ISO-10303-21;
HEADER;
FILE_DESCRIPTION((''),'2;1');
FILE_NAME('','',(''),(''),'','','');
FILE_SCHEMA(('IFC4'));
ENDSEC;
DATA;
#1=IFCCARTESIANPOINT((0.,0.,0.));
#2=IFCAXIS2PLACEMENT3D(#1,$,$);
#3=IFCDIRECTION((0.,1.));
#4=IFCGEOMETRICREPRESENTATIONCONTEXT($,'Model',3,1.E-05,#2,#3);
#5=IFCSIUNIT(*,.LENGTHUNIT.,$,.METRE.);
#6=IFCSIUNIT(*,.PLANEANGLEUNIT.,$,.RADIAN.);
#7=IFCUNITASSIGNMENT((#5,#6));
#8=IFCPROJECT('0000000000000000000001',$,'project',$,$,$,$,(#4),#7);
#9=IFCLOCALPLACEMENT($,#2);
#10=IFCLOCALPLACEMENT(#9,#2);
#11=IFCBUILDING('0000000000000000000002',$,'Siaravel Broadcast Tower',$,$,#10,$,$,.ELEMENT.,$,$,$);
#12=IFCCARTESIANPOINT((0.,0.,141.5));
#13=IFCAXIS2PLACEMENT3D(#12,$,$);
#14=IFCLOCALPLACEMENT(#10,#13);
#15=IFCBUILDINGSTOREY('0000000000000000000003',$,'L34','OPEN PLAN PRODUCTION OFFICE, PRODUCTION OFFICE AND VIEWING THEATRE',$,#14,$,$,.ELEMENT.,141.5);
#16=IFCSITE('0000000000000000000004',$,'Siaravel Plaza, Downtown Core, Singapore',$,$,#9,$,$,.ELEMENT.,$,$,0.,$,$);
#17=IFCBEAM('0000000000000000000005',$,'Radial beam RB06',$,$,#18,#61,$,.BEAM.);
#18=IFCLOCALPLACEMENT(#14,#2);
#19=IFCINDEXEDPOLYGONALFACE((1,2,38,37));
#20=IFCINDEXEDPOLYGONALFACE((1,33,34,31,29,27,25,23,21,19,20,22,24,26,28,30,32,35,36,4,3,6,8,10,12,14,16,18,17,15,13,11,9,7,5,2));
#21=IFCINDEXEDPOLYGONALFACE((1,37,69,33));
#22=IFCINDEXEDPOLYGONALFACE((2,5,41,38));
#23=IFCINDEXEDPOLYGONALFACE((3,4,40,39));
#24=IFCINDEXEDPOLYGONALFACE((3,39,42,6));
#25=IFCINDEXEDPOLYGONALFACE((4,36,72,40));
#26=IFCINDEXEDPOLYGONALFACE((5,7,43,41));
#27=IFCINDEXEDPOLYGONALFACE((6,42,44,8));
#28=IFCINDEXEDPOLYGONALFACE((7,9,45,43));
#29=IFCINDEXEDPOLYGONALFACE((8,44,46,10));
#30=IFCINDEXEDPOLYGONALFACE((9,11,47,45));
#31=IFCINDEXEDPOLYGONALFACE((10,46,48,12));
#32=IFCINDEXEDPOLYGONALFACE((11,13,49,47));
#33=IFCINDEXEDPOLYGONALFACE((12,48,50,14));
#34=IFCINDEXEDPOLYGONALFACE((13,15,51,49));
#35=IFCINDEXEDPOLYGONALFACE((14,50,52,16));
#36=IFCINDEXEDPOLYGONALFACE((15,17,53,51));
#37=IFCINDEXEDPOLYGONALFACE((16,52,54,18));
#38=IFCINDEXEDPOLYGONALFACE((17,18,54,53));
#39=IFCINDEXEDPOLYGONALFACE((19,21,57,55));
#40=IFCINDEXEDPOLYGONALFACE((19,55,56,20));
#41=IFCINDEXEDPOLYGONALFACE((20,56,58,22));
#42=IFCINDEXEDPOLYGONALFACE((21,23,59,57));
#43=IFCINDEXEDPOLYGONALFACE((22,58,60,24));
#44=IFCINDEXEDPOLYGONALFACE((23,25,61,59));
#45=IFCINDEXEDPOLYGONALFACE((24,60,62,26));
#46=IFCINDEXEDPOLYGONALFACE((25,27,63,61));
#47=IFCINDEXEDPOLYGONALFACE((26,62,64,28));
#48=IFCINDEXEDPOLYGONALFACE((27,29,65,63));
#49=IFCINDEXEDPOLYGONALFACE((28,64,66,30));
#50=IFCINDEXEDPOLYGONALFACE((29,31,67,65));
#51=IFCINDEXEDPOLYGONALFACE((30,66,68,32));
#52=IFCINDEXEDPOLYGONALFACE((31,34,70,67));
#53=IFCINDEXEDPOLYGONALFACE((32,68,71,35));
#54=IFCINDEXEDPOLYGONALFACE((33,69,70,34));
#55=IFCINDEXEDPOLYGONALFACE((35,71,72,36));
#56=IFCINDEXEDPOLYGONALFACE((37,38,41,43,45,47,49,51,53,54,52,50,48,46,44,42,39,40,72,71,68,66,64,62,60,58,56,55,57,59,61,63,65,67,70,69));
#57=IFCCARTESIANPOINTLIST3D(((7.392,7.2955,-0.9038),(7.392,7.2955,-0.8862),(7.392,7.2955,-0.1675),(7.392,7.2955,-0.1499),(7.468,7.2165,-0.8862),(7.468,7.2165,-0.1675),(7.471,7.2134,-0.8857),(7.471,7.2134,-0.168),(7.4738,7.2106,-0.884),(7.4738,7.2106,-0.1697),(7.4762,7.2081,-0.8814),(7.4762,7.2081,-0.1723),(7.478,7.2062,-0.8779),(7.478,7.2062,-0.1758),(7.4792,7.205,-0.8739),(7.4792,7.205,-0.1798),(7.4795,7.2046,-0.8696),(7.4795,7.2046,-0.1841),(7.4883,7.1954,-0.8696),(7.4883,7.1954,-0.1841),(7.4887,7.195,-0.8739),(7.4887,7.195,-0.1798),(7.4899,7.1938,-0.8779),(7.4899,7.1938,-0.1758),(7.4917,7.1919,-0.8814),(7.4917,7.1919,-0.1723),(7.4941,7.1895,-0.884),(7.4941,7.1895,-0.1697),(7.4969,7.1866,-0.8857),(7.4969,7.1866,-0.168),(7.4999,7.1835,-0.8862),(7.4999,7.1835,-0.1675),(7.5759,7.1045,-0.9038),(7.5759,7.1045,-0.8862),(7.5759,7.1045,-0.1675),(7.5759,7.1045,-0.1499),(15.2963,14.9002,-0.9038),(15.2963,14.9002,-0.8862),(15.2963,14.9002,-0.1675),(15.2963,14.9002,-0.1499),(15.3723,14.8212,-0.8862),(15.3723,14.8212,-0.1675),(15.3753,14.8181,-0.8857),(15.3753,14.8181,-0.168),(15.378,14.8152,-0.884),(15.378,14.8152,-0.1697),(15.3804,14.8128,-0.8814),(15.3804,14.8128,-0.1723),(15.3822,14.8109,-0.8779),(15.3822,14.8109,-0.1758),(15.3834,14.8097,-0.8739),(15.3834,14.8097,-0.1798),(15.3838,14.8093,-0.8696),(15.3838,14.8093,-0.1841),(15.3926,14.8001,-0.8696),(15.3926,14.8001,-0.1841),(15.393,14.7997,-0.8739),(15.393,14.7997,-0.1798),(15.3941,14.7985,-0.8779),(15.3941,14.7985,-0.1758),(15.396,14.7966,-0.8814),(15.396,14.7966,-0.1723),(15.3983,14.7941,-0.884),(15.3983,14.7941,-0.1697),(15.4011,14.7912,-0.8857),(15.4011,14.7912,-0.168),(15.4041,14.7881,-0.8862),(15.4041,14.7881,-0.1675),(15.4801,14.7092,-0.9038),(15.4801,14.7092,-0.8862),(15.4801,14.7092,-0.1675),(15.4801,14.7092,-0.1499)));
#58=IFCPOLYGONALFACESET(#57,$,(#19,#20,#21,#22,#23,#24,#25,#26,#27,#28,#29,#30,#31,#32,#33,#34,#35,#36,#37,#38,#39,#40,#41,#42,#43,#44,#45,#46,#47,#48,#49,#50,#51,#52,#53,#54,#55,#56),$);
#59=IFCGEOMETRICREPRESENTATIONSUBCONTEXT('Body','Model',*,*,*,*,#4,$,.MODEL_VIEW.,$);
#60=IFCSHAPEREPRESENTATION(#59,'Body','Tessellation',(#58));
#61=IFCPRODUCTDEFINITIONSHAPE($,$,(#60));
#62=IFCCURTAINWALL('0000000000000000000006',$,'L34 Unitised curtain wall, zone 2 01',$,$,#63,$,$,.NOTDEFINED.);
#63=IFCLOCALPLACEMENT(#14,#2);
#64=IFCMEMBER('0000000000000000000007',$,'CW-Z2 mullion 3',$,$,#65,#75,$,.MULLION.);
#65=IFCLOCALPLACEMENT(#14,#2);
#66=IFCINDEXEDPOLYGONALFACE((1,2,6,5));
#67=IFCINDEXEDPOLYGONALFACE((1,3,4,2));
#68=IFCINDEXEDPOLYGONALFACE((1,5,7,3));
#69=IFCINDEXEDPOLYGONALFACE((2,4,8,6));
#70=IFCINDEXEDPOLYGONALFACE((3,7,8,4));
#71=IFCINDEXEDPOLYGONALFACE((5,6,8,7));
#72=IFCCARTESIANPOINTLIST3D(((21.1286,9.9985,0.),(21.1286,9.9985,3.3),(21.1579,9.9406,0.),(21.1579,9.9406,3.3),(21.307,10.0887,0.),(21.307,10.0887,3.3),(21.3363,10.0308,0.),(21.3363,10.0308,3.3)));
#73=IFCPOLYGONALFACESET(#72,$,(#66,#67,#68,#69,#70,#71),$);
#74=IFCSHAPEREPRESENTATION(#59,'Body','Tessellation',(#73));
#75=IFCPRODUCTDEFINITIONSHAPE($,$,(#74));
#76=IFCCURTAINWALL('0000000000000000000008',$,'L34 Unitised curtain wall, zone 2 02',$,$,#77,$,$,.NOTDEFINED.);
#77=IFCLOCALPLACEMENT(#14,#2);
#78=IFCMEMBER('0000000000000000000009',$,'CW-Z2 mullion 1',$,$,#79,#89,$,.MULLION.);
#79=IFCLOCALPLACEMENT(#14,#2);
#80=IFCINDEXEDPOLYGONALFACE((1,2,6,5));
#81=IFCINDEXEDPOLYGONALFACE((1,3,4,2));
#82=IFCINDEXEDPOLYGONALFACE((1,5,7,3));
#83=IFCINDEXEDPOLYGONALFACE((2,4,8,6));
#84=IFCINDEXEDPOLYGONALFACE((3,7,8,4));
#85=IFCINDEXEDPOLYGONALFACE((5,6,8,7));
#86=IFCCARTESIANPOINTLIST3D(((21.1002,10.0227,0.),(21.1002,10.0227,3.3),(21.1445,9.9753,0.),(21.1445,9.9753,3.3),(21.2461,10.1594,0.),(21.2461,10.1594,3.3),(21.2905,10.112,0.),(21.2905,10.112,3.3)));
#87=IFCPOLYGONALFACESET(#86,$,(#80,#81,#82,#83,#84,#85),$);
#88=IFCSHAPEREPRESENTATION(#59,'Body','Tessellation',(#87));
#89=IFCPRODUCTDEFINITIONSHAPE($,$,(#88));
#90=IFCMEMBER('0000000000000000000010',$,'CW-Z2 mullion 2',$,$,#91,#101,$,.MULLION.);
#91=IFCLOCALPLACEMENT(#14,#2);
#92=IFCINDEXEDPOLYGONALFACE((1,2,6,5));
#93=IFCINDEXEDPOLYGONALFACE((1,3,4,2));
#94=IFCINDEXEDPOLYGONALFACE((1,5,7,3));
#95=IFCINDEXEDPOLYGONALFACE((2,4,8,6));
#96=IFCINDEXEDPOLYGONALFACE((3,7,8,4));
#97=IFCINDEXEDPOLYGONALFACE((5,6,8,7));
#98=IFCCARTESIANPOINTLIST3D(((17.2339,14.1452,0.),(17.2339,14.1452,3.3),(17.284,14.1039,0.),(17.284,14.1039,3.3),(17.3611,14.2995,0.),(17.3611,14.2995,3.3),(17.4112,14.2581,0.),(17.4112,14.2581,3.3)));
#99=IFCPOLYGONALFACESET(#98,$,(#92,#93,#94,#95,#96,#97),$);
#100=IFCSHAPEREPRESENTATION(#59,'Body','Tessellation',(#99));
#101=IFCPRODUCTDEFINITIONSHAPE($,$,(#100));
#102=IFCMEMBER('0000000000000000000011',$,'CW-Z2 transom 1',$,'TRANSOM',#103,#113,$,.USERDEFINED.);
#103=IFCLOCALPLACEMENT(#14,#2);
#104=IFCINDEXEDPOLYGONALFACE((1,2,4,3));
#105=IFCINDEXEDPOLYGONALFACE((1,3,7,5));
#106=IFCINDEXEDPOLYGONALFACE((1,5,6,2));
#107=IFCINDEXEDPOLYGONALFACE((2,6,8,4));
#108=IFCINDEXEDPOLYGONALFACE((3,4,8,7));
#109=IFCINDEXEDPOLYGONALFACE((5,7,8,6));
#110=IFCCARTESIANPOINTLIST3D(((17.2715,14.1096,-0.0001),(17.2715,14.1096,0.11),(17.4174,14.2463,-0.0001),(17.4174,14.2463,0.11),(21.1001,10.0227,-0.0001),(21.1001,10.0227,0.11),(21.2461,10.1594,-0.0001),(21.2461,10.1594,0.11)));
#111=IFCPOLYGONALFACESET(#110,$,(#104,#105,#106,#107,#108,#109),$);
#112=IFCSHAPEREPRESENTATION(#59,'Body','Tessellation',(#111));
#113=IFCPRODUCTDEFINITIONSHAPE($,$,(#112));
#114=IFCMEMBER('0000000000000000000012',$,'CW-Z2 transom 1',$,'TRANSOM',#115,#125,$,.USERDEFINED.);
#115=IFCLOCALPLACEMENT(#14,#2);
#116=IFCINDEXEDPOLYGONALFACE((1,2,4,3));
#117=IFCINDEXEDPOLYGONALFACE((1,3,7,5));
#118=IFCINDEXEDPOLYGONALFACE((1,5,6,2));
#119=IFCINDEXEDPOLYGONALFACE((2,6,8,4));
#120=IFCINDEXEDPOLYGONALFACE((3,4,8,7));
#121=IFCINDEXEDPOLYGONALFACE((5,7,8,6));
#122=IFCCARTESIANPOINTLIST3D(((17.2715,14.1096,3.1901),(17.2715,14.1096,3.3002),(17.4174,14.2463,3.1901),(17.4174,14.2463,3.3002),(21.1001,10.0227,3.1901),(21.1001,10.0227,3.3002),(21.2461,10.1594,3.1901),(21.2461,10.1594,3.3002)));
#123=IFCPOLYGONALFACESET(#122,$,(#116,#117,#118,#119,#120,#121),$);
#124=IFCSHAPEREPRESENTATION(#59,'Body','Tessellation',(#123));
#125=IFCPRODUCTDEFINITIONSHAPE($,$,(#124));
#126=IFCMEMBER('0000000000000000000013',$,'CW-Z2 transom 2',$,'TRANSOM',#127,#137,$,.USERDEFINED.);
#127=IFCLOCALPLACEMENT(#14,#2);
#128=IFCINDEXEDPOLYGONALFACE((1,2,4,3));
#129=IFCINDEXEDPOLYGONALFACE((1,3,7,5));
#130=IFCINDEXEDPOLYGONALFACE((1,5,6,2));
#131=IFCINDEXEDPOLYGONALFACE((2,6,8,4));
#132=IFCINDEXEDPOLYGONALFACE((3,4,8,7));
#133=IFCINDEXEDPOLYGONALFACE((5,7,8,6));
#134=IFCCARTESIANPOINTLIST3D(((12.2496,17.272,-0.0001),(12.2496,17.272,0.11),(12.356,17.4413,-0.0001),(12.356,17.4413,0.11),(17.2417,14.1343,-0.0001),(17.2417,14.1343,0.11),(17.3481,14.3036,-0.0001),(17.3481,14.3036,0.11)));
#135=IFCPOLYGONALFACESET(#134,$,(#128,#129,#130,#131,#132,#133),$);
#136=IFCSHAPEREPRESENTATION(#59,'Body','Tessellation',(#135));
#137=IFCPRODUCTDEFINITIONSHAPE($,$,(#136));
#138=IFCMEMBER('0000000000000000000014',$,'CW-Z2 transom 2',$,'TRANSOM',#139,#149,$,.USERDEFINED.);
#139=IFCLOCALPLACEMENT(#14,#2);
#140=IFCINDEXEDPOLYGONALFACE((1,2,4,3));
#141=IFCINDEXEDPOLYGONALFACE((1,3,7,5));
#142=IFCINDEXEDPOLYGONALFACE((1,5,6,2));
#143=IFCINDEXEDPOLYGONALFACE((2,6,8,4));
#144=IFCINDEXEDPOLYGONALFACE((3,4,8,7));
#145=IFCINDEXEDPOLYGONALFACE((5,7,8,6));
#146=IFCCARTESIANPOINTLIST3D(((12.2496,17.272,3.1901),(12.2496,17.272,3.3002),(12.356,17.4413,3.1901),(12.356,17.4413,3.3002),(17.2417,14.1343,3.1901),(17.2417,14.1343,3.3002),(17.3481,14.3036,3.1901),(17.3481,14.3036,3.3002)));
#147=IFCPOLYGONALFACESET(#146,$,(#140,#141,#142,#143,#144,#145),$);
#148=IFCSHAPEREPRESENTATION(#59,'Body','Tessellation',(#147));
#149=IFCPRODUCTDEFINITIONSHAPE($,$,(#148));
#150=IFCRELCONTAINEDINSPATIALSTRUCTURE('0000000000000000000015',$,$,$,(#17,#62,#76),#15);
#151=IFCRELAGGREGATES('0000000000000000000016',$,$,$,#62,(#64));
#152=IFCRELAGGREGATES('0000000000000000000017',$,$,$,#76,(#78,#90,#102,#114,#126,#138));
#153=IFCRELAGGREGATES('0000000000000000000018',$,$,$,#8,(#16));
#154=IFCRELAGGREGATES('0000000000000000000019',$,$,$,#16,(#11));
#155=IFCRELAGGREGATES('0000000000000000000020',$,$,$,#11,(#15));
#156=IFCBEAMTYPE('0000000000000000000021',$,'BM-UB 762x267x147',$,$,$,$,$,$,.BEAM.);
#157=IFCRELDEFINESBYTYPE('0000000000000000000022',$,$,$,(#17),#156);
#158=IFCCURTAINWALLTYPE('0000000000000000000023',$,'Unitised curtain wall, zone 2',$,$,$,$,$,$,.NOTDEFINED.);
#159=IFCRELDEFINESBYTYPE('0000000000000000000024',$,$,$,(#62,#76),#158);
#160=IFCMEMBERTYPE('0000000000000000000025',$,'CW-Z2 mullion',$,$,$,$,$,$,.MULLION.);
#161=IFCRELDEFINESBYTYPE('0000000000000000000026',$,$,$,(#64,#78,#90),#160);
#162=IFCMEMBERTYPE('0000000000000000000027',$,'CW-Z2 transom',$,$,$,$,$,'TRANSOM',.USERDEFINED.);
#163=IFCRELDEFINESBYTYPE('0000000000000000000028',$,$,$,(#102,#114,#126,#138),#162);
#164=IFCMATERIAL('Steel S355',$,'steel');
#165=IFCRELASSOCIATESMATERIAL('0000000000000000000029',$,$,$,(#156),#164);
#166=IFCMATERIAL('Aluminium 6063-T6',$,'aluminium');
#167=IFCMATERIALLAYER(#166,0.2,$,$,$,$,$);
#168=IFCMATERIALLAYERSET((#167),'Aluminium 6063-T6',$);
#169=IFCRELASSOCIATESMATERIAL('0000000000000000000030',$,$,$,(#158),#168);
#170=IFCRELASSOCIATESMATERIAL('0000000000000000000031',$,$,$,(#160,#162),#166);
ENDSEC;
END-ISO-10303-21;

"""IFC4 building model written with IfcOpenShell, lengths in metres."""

from ifc_helpers import new_model, si_unit, direction, frame, origin, origin_2d, place, context, subcontext, project, spatial, rectangle, i_section, extrude, material, layer, layer_set, material_profile, profile_set, type_object, element, aggregate, save


model = new_model("IFC4")

# Units and contexts
model_context = context("Model", 3, precision=1e-05, world=origin(), true_north=direction((0.0, 1.0)))
body_context = subcontext(model_context, "Body", "Model", "MODEL_VIEW")
ifc_project = project(units=[si_unit("LENGTHUNIT", "METRE"), si_unit("PLANEANGLEUNIT", "RADIAN")], contexts=[model_context])

# Site, building, storey
site_placement = place(None, origin())
site = spatial("IfcSite", under=ifc_project, at=site_placement, Name="Siaravel Plaza, Downtown Core, Singapore", CompositionType="ELEMENT", RefElevation=0.0)
building_placement = place(site_placement, origin())
building = spatial("IfcBuilding", under=site, at=building_placement, Name="Siaravel Broadcast Tower", CompositionType="ELEMENT")
storey_placement = place(building_placement, frame((0.0, 0.0, 141.5)))
storey = spatial("IfcBuildingStorey", under=building, at=storey_placement, Name="L34", Description="OPEN PLAN PRODUCTION OFFICE, PRODUCTION OFFICE AND VIEWING THEATRE", CompositionType="ELEMENT", Elevation=141.5)

# Beam
ifc_material_1 = material(Name="Steel S355", Category="steel")
ifc_material_profile_1 = material_profile(ifc_material_1, i_section(OverallWidth=0.2651, OverallDepth=0.7539, WebThickness=0.0127, FlangeThickness=0.0176, FilletRadius=0.0166, at=origin_2d()))
ifc_profile_set_1 = profile_set([ifc_material_profile_1], Name="Steel S355")
beam_type = type_object("IfcBeamType", Name="BM-UB 762x267x147", PredefinedType="BEAM", material=ifc_profile_set_1)
beam_1_placement = place(storey_placement, frame((15.3882, 14.8047, -0.5269), z_axis=(-0.72063, -0.69332, 0.0), x_axis=(0.69332, -0.72063, 0.0)))
element("IfcBeam", 1, at=beam_1_placement, inside=storey, type_object=beam_type, Name="Radial beam RB06", PredefinedType="BEAM", context=body_context, shape_type="SweptSolid", body=[
    extrude(i_section(OverallWidth=0.2651, OverallDepth=0.7539, WebThickness=0.0127, FlangeThickness=0.0176, FilletRadius=0.0166, at=origin_2d()), origin(), (0.0, 0.0, 1.0), 10.9685),
])

# Curtain wall, member
ifc_material_2 = material(Name="Aluminium 6063-T6", Category="aluminium")
ifc_layer_1 = layer(ifc_material_2, 0.2)
ifc_layer_set_1 = layer_set([ifc_layer_1], Name="Aluminium 6063-T6")
curtain_wall_type = type_object("IfcCurtainWallType", Name="Unitised curtain wall, zone 2", PredefinedType="NOTDEFINED", material=ifc_layer_set_1)
curtain_wall_1_placement = place(storey_placement, origin())
curtain_wall_1 = element("IfcCurtainWall", 2, at=curtain_wall_1_placement, inside=storey, type_object=curtain_wall_type, Name="L34 Unitised curtain wall, zone 2 01", PredefinedType="NOTDEFINED")
ifc_material_profile_2 = material_profile(ifc_material_2, rectangle(XDim=0.2, YDim=0.0649, at=origin_2d()))
ifc_profile_set_2 = profile_set([ifc_material_profile_2], Name="Aluminium 6063-T6")
member_type_1 = type_object("IfcMemberType", Name="CW-Z2 mullion", PredefinedType="MULLION", material=ifc_profile_set_2)
member_1_placement = place(storey_placement, frame((21.2324, 10.0146, 0.0), z_axis=(0.0, 0.0, 1.0), x_axis=(-0.892392, -0.45126, 0.0)))
member_1 = element("IfcMember", 3, at=member_1_placement, type_object=member_type_1, Name="CW-Z2 mullion 3", PredefinedType="MULLION", context=body_context, shape_type="SweptSolid", body=[
    extrude(rectangle(XDim=0.2, YDim=0.0649, at=origin_2d()), origin(), (0.0, 0.0, 1.0), 3.3),
])

# Curtain wall, members
curtain_wall_2_placement = place(storey_placement, origin())
curtain_wall_2 = element("IfcCurtainWall", 4, at=curtain_wall_2_placement, inside=storey, type_object=curtain_wall_type, Name="L34 Unitised curtain wall, zone 2 02", PredefinedType="NOTDEFINED")
member_2_placement = place(storey_placement, frame((21.1953, 10.0674, 0.0), z_axis=(0.0, 0.0, 1.0), x_axis=(-0.729806, -0.683655, 0.0)))
member_2 = element("IfcMember", 5, at=member_2_placement, type_object=member_type_1, Name="CW-Z2 mullion 1", PredefinedType="MULLION", context=body_context, shape_type="SweptSolid", body=[
    extrude(rectangle(XDim=0.2, YDim=0.0649, at=origin_2d()), origin(), (0.0, 0.0, 1.0), 3.3),
])
member_3_placement = place(storey_placement, frame((17.3225, 14.2017, 0.0), z_axis=(0.0, 0.0, 1.0), x_axis=(-0.636219, -0.771508, 0.0)))
member_3 = element("IfcMember", 6, at=member_3_placement, type_object=member_type_1, Name="CW-Z2 mullion 2", PredefinedType="MULLION", context=body_context, shape_type="SweptSolid", body=[
    extrude(rectangle(XDim=0.2, YDim=0.0649, at=origin_2d()), origin(), (0.0, 0.0, 1.0), 3.3),
])
ifc_material_profile_3 = material_profile(ifc_material_2, rectangle(XDim=0.2, YDim=0.1101, at=origin_2d()))
ifc_profile_set_3 = profile_set([ifc_material_profile_3], Name="Aluminium 6063-T6")
member_type_2 = type_object("IfcMemberType", Name="CW-Z2 transom", ElementType="TRANSOM", PredefinedType="USERDEFINED", material=ifc_profile_set_3)
member_4_placement = place(storey_placement, frame((21.1731, 10.0911, 0.0549), z_axis=(-0.683668, 0.729793, 0.0), x_axis=(-0.729793, -0.683668, 0.0)))
member_4 = element("IfcMember", 7, at=member_4_placement, type_object=member_type_2, Name="CW-Z2 transom 1", ObjectType="TRANSOM", PredefinedType="USERDEFINED", context=body_context, shape_type="SweptSolid", body=[
    extrude(rectangle(XDim=0.2, YDim=0.1101, at=origin_2d()), origin(), (0.0, 0.0, 1.0), 5.6001),
])
member_5_placement = place(storey_placement, frame((21.1731, 10.0911, 3.2451), z_axis=(-0.683668, 0.729793, 0.0), x_axis=(-0.729793, -0.683668, 0.0)))
member_5 = element("IfcMember", 8, at=member_5_placement, type_object=member_type_2, Name="CW-Z2 transom 1", ObjectType="TRANSOM", PredefinedType="USERDEFINED", context=body_context, shape_type="SweptSolid", body=[
    extrude(rectangle(XDim=0.2, YDim=0.1101, at=origin_2d()), origin(), (0.0, 0.0, 1.0), 5.6001),
])
member_6_placement = place(storey_placement, frame((17.2949, 14.219, 0.0549), z_axis=(-0.846656, 0.532141, 0.0), x_axis=(-0.532141, -0.846656, 0.0)))
member_6 = element("IfcMember", 9, at=member_6_placement, type_object=member_type_2, Name="CW-Z2 transom 2", ObjectType="TRANSOM", PredefinedType="USERDEFINED", context=body_context, shape_type="SweptSolid", body=[
    extrude(rectangle(XDim=0.2, YDim=0.1101, at=origin_2d()), origin(), (0.0, 0.0, 1.0), 5.8962),
])
member_7_placement = place(storey_placement, frame((17.2949, 14.219, 3.2451), z_axis=(-0.846656, 0.532141, 0.0), x_axis=(-0.532141, -0.846656, 0.0)))
member_7 = element("IfcMember", 10, at=member_7_placement, type_object=member_type_2, Name="CW-Z2 transom 2", ObjectType="TRANSOM", PredefinedType="USERDEFINED", context=body_context, shape_type="SweptSolid", body=[
    extrude(rectangle(XDim=0.2, YDim=0.1101, at=origin_2d()), origin(), (0.0, 0.0, 1.0), 5.8962),
])

aggregate(curtain_wall_1, [member_1])
aggregate(curtain_wall_2, [member_2, member_3, member_4, member_5, member_6, member_7])

save(model, "model.ifc")
